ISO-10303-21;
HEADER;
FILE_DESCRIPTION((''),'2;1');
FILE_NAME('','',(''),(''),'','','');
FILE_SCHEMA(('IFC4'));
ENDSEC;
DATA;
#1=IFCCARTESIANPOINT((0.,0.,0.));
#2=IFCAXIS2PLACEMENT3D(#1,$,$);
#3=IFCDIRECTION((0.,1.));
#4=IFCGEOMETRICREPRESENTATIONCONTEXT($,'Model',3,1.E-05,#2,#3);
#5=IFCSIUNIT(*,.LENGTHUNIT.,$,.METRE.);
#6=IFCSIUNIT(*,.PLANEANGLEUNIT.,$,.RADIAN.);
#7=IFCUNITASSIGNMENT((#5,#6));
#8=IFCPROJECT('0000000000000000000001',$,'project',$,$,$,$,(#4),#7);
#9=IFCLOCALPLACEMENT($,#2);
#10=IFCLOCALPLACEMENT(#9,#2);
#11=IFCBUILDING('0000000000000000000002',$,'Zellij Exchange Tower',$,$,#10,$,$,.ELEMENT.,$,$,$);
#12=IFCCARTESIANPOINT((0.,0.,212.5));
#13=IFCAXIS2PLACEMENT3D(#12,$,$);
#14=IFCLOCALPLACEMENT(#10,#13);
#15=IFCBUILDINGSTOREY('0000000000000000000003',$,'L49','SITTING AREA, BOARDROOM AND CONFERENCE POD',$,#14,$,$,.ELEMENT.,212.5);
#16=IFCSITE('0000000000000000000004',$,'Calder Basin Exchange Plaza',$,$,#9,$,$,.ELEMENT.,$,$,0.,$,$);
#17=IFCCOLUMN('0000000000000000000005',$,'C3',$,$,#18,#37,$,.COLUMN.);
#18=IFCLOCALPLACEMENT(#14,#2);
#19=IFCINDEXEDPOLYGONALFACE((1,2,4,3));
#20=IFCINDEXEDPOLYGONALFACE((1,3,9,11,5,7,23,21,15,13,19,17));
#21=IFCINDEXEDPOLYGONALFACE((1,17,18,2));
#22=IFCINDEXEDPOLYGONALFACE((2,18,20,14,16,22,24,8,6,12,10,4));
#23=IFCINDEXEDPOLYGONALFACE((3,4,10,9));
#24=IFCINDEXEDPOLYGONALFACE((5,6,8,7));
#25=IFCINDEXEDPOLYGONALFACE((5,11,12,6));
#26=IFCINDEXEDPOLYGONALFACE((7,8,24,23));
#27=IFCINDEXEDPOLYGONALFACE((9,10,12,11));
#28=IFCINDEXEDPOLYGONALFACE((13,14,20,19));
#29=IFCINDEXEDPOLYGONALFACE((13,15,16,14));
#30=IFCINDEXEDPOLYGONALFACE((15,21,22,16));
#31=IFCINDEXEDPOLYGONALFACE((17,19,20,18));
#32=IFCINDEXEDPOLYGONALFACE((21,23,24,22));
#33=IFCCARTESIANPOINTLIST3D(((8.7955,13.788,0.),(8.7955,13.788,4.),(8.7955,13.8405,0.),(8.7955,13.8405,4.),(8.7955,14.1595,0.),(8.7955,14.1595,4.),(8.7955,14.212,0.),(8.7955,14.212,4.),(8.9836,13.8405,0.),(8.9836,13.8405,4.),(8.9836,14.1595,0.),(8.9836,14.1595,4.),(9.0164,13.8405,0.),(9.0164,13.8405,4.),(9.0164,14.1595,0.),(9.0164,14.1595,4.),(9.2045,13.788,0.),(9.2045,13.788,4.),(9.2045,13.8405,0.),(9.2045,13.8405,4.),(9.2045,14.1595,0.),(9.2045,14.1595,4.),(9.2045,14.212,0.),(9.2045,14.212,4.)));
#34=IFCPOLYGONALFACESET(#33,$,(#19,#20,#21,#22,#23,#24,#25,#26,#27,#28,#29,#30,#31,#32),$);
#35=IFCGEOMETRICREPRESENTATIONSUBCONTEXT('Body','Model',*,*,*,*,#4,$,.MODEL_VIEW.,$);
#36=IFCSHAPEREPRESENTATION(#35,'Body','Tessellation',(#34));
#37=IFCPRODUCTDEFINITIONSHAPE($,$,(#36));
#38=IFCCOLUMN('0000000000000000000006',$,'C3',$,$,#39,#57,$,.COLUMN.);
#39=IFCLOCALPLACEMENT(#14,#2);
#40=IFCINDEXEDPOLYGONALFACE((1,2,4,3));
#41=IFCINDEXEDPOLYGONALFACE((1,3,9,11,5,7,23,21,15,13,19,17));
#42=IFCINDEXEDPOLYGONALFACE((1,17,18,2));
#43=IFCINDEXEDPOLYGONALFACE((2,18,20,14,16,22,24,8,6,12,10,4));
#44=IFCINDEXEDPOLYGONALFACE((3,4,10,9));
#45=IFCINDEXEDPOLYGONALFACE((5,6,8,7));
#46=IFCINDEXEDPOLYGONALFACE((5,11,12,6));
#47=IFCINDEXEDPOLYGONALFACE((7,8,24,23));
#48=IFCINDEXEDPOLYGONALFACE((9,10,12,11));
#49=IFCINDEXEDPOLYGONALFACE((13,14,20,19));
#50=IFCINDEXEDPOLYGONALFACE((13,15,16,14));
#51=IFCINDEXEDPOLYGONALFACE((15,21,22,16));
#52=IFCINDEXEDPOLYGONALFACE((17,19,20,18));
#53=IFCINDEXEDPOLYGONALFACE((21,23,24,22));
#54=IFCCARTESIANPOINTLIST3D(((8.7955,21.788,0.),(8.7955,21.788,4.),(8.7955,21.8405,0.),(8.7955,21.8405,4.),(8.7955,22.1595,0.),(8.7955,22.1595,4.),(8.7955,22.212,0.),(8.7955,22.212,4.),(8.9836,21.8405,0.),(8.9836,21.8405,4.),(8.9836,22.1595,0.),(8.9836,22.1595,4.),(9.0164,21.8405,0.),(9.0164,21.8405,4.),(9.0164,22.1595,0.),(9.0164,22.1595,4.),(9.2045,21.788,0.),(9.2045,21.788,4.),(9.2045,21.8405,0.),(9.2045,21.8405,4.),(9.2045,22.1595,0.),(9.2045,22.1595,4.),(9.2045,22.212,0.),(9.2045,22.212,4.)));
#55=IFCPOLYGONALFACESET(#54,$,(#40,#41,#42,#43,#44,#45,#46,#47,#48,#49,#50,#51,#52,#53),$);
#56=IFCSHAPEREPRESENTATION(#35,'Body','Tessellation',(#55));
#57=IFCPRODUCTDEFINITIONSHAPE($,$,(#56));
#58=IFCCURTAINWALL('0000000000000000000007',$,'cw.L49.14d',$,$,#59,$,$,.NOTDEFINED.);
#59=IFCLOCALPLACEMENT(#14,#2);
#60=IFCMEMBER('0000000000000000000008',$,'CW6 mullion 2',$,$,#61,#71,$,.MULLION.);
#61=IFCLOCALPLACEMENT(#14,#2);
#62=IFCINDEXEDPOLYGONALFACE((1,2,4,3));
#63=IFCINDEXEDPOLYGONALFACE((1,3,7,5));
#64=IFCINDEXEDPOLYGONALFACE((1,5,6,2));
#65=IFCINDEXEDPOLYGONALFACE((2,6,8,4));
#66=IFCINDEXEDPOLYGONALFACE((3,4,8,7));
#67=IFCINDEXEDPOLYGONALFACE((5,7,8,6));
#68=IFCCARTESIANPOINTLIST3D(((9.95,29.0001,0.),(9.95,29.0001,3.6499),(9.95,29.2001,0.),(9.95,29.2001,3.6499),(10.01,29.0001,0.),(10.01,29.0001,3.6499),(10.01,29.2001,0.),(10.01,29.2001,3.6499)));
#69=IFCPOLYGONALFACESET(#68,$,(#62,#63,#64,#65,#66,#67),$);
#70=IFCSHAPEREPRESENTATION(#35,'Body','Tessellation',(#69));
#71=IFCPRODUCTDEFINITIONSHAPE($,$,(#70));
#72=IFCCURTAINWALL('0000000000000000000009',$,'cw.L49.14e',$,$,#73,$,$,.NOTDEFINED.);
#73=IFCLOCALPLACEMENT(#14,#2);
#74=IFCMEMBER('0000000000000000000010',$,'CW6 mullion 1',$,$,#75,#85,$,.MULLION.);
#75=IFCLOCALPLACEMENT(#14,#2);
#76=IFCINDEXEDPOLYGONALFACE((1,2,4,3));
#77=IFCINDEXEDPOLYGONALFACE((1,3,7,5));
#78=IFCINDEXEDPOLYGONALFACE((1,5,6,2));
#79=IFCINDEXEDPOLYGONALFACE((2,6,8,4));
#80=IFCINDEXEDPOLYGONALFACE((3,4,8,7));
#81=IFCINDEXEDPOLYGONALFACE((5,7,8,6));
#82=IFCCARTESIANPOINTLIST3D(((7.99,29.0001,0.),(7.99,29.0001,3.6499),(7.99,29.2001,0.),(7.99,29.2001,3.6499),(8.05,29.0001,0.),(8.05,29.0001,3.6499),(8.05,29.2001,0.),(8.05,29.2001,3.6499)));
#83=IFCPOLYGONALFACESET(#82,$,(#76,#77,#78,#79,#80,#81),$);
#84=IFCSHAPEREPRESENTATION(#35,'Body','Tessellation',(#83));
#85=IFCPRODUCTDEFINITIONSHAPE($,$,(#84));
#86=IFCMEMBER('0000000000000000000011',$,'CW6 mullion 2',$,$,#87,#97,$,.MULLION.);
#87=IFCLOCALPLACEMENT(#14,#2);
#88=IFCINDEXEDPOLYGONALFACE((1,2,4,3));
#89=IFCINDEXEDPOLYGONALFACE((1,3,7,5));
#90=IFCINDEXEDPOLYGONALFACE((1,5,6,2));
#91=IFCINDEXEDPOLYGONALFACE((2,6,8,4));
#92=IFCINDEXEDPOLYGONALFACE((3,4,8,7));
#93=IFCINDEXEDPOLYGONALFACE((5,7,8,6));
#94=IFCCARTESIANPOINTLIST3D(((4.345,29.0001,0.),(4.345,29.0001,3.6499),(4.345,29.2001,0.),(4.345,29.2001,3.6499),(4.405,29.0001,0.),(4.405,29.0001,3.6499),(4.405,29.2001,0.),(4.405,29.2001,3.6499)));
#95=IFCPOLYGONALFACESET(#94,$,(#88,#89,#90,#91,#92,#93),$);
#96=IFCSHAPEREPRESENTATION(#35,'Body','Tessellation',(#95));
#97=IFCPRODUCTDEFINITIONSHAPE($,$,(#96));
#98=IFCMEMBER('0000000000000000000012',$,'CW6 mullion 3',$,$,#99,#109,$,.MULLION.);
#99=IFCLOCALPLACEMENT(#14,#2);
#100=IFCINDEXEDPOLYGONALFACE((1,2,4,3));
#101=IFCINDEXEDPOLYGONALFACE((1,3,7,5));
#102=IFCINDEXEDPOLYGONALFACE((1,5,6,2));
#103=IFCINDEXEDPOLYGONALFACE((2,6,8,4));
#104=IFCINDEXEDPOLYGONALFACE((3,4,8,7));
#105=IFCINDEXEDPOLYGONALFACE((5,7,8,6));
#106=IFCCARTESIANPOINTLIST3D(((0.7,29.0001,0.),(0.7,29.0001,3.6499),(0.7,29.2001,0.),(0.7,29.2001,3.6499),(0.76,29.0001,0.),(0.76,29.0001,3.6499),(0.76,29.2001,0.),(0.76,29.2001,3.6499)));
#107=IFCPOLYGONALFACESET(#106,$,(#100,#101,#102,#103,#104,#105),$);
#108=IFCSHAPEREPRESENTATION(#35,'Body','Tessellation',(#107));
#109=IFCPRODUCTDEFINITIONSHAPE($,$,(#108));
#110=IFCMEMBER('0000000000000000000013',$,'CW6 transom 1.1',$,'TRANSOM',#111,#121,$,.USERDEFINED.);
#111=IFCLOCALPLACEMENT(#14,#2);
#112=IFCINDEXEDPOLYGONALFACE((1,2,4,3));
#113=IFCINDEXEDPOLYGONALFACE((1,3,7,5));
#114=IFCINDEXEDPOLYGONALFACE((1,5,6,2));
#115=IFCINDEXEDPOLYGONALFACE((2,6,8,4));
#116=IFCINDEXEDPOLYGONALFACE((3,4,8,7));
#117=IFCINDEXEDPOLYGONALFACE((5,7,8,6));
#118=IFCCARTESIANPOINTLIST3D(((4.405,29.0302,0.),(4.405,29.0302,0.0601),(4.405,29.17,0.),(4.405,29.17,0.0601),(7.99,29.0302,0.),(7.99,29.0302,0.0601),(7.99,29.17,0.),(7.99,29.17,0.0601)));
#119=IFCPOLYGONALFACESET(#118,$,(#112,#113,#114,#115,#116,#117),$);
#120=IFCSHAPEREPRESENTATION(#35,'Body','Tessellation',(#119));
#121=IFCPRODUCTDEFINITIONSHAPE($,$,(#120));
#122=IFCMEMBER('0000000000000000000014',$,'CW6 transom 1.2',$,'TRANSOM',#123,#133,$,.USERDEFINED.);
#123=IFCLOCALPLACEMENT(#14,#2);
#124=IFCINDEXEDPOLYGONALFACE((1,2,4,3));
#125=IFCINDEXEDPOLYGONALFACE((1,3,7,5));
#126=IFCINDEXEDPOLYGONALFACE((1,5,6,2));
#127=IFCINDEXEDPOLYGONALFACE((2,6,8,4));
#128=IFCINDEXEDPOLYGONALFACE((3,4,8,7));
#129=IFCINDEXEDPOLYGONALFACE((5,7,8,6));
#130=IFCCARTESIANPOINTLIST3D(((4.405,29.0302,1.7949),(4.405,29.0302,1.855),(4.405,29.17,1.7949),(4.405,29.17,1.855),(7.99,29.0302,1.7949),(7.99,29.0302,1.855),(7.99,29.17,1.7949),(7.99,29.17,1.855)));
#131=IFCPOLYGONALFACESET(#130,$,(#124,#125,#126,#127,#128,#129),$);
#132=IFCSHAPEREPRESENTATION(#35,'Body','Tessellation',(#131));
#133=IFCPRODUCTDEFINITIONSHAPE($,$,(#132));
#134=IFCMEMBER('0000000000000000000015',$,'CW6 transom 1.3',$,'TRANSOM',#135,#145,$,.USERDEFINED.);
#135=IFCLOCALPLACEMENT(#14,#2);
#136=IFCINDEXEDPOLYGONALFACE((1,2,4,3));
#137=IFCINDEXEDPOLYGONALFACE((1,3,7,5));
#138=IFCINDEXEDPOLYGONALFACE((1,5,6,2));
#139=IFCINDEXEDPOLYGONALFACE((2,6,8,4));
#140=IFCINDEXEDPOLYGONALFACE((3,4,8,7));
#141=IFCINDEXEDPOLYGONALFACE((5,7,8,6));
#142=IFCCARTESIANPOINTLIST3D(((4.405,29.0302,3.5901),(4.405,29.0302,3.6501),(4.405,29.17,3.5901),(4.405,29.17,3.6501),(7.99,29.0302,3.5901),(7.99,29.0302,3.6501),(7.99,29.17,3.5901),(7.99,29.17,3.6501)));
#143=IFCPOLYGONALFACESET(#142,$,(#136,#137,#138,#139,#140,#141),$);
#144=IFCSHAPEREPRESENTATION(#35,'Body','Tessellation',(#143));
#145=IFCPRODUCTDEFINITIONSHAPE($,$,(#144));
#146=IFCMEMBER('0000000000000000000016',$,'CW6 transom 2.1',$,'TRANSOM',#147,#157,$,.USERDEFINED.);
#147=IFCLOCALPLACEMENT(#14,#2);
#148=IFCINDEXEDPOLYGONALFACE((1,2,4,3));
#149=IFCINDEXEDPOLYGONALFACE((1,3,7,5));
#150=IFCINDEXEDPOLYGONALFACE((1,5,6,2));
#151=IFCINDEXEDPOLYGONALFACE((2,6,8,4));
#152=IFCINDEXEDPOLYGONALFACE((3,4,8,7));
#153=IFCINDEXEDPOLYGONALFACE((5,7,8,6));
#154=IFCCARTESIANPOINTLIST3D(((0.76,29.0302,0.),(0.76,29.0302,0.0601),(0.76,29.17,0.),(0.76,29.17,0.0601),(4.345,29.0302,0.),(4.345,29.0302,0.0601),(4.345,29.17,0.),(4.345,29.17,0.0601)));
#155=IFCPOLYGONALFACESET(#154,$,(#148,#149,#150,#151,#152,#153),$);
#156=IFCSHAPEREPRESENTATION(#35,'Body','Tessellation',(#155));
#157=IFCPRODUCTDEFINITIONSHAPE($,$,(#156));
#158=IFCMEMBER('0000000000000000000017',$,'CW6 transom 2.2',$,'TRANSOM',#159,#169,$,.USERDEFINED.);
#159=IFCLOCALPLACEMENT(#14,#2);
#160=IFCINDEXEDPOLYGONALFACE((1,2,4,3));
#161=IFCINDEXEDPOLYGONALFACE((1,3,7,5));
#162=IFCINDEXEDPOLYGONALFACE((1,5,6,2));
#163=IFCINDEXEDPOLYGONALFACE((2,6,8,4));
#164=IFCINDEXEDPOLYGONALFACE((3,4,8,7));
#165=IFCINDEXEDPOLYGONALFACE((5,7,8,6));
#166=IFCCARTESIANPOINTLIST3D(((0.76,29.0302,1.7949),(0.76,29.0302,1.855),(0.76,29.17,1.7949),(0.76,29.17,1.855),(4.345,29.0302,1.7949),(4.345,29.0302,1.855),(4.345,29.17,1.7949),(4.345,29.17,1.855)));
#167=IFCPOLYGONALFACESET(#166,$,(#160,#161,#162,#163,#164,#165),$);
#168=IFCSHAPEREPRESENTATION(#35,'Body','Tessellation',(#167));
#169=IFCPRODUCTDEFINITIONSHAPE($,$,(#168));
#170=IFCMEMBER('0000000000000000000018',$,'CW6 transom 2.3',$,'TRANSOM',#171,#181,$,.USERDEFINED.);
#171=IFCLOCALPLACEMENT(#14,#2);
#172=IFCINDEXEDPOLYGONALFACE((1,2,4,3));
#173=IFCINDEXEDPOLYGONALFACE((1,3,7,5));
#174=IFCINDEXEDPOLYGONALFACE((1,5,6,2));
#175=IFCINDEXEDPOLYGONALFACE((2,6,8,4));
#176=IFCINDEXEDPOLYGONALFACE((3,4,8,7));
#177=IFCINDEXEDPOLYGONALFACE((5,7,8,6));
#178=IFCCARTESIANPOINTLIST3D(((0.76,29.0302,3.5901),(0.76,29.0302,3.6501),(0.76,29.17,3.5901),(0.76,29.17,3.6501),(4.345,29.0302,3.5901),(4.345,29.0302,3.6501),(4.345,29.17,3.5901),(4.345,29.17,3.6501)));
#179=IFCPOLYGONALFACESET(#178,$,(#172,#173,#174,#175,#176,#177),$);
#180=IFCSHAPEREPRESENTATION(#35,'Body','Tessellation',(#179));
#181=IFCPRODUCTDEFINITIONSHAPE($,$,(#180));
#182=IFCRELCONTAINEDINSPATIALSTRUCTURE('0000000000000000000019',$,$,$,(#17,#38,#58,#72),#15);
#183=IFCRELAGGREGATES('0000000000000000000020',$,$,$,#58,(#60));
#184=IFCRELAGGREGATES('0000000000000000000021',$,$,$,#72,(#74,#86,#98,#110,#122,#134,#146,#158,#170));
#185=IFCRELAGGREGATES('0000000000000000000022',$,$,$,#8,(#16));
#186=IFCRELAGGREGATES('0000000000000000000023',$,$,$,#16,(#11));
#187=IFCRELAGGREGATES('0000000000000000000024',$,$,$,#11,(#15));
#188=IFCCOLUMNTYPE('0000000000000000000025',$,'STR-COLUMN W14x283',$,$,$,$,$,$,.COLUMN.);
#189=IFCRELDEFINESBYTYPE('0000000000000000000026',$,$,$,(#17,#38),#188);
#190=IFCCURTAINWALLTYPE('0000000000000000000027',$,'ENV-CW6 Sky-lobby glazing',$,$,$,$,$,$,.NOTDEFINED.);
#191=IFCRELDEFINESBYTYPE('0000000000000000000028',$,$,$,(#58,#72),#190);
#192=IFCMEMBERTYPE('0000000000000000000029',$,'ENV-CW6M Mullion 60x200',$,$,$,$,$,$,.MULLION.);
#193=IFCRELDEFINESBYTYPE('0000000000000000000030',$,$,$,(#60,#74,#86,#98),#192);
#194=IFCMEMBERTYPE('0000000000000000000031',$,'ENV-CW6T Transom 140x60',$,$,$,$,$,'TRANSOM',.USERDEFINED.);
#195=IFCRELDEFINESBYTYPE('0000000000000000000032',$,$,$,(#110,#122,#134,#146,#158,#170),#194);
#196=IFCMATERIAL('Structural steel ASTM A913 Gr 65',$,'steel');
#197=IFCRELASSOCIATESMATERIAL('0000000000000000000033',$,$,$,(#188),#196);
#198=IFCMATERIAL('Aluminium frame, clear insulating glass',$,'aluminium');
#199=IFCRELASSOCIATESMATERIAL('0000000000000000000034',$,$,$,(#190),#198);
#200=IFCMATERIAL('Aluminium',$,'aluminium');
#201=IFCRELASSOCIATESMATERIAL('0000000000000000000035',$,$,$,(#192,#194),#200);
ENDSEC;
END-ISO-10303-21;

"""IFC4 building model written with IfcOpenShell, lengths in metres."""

from ifc_helpers import new_model, si_unit, direction, frame, origin, origin_2d, place, context, subcontext, project, spatial, rectangle, i_section, extrude, material, material_profile, profile_set, type_object, element, aggregate, save


model = new_model("IFC4")

# Units and contexts
model_context = context("Model", 3, precision=1e-05, world=origin(), true_north=direction((0.0, 1.0)))
body_context = subcontext(model_context, "Body", "Model", "MODEL_VIEW")
ifc_project = project(units=[si_unit("LENGTHUNIT", "METRE"), si_unit("PLANEANGLEUNIT", "RADIAN")], contexts=[model_context])

# Site, building, storey
site_placement = place(None, origin())
site = spatial("IfcSite", under=ifc_project, at=site_placement, Name="Calder Basin Exchange Plaza", CompositionType="ELEMENT", RefElevation=0.0)
building_placement = place(site_placement, origin())
building = spatial("IfcBuilding", under=site, at=building_placement, Name="Zellij Exchange Tower", CompositionType="ELEMENT")
storey_placement = place(building_placement, frame((0.0, 0.0, 212.5)))
storey = spatial("IfcBuildingStorey", under=building, at=storey_placement, Name="L49", Description="SITTING AREA, BOARDROOM AND CONFERENCE POD", CompositionType="ELEMENT", Elevation=212.5)

# Columns
ifc_material_1 = material(Name="Structural steel ASTM A913 Gr 65", Category="steel")
ifc_material_profile_1 = material_profile(ifc_material_1, i_section(OverallWidth=0.4089, OverallDepth=0.4241, WebThickness=0.0327, FlangeThickness=0.0525, at=origin_2d()), Name="W14x283")
ifc_profile_set_1 = profile_set([ifc_material_profile_1], Name="Structural steel ASTM A913 Gr 65")
column_type_1 = type_object("IfcColumnType", Name="STR-COLUMN W14x283", PredefinedType="COLUMN", material=ifc_profile_set_1)
for number, where, z_axis, x_axis, name in (
    (1, (9.0, 14.0, 0.0), (0.0, 0.0, 1.0), (1.0, 0.0, 0.0), "C3"),
    (2, (9.0, 22.0, 0.0), (0.0, 0.0, 1.0), (1.0, 0.0, 0.0), "C3"),
):
    element("IfcColumn", number, at=place(storey_placement, frame(where, z_axis=z_axis, x_axis=x_axis)), inside=storey, type_object=column_type_1, Name=name, PredefinedType="COLUMN", context=body_context, shape_type="SweptSolid", body=[
        extrude(i_section(OverallWidth=0.4089, OverallDepth=0.4241, WebThickness=0.0327, FlangeThickness=0.0525, at=origin_2d()), origin(), (0.0, 0.0, 1.0), 4.0),
    ])

# Curtain wall, member
ifc_material_2 = material(Name="Aluminium frame, clear insulating glass", Category="aluminium")
curtain_wall_type = type_object("IfcCurtainWallType", Name="ENV-CW6 Sky-lobby glazing", PredefinedType="NOTDEFINED", material=ifc_material_2)
curtain_wall_1_placement = place(storey_placement, origin())
curtain_wall_1 = element("IfcCurtainWall", 3, at=curtain_wall_1_placement, inside=storey, type_object=curtain_wall_type, Name="cw.L49.14d", PredefinedType="NOTDEFINED")
ifc_material_3 = material(Name="Aluminium", Category="aluminium")
ifc_material_profile_2 = material_profile(ifc_material_3, rectangle(XDim=0.0601, YDim=0.2, at=origin_2d()), Name="AL 60x200")
ifc_profile_set_2 = profile_set([ifc_material_profile_2], Name="Aluminium")
member_type_1 = type_object("IfcMemberType", Name="ENV-CW6M Mullion 60x200", PredefinedType="MULLION", material=ifc_profile_set_2)
member_1_placement = place(storey_placement, frame((9.98, 29.1001, 0.0), z_axis=(0.0, 0.0, 1.0), x_axis=(-1.0, 0.0, 0.0)))
member_1 = element("IfcMember", 4, at=member_1_placement, type_object=member_type_1, Name="CW6 mullion 2", PredefinedType="MULLION", context=body_context, shape_type="SweptSolid", body=[
    extrude(rectangle(XDim=0.0601, YDim=0.2, at=origin_2d()), origin(), (0.0, 0.0, 1.0), 3.6499),
])

# Curtain wall, members
curtain_wall_2_placement = place(storey_placement, origin())
curtain_wall_2 = element("IfcCurtainWall", 5, at=curtain_wall_2_placement, inside=storey, type_object=curtain_wall_type, Name="cw.L49.14e", PredefinedType="NOTDEFINED")
member_2_placement = place(storey_placement, frame((8.02, 29.1001, 0.0), z_axis=(0.0, 0.0, 1.0), x_axis=(-1.0, 0.0, 0.0)))
member_2 = element("IfcMember", 6, at=member_2_placement, type_object=member_type_1, Name="CW6 mullion 1", PredefinedType="MULLION", context=body_context, shape_type="SweptSolid", body=[
    extrude(rectangle(XDim=0.0601, YDim=0.2, at=origin_2d()), origin(), (0.0, 0.0, 1.0), 3.6499),
])
member_3_placement = place(storey_placement, frame((4.375, 29.1001, 0.0), z_axis=(0.0, 0.0, 1.0), x_axis=(-1.0, 0.0, 0.0)))
member_3 = element("IfcMember", 7, at=member_3_placement, type_object=member_type_1, Name="CW6 mullion 2", PredefinedType="MULLION", context=body_context, shape_type="SweptSolid", body=[
    extrude(rectangle(XDim=0.0601, YDim=0.2, at=origin_2d()), origin(), (0.0, 0.0, 1.0), 3.6499),
])
member_4_placement = place(storey_placement, frame((0.73, 29.1001, 0.0), z_axis=(0.0, 0.0, 1.0), x_axis=(-1.0, 0.0, 0.0)))
member_4 = element("IfcMember", 8, at=member_4_placement, type_object=member_type_1, Name="CW6 mullion 3", PredefinedType="MULLION", context=body_context, shape_type="SweptSolid", body=[
    extrude(rectangle(XDim=0.0601, YDim=0.2, at=origin_2d()), origin(), (0.0, 0.0, 1.0), 3.6499),
])
ifc_material_profile_3 = material_profile(ifc_material_3, rectangle(XDim=0.1399, YDim=0.0601, at=origin_2d()), Name="AL 140x60")
ifc_profile_set_3 = profile_set([ifc_material_profile_3], Name="Aluminium")
member_type_2 = type_object("IfcMemberType", Name="ENV-CW6T Transom 140x60", ElementType="TRANSOM", PredefinedType="USERDEFINED", material=ifc_profile_set_3)
member_5_placement = place(storey_placement, frame((7.99, 29.1001, 0.03), z_axis=(-1.0, 0.0, 0.0), x_axis=(0.0, -1.0, 0.0)))
member_5 = element("IfcMember", 9, at=member_5_placement, type_object=member_type_2, Name="CW6 transom 1.1", ObjectType="TRANSOM", PredefinedType="USERDEFINED", context=body_context, shape_type="SweptSolid", body=[
    extrude(rectangle(XDim=0.1399, YDim=0.0601, at=origin_2d()), origin(), (0.0, 0.0, 1.0), 3.585),
])
member_6_placement = place(storey_placement, frame((7.99, 29.1001, 1.825), z_axis=(-1.0, 0.0, 0.0), x_axis=(0.0, -1.0, 0.0)))
member_6 = element("IfcMember", 10, at=member_6_placement, type_object=member_type_2, Name="CW6 transom 1.2", ObjectType="TRANSOM", PredefinedType="USERDEFINED", context=body_context, shape_type="SweptSolid", body=[
    extrude(rectangle(XDim=0.1399, YDim=0.0601, at=origin_2d()), origin(), (0.0, 0.0, 1.0), 3.585),
])
member_7_placement = place(storey_placement, frame((7.99, 29.1001, 3.6201), z_axis=(-1.0, 0.0, 0.0), x_axis=(0.0, -1.0, 0.0)))
member_7 = element("IfcMember", 11, at=member_7_placement, type_object=member_type_2, Name="CW6 transom 1.3", ObjectType="TRANSOM", PredefinedType="USERDEFINED", context=body_context, shape_type="SweptSolid", body=[
    extrude(rectangle(XDim=0.1399, YDim=0.0601, at=origin_2d()), origin(), (0.0, 0.0, 1.0), 3.585),
])
member_8_placement = place(storey_placement, frame((4.345, 29.1001, 0.03), z_axis=(-1.0, 0.0, 0.0), x_axis=(0.0, -1.0, 0.0)))
member_8 = element("IfcMember", 12, at=member_8_placement, type_object=member_type_2, Name="CW6 transom 2.1", ObjectType="TRANSOM", PredefinedType="USERDEFINED", context=body_context, shape_type="SweptSolid", body=[
    extrude(rectangle(XDim=0.1399, YDim=0.0601, at=origin_2d()), origin(), (0.0, 0.0, 1.0), 3.585),
])
member_9_placement = place(storey_placement, frame((4.345, 29.1001, 1.825), z_axis=(-1.0, 0.0, 0.0), x_axis=(0.0, -1.0, 0.0)))
member_9 = element("IfcMember", 13, at=member_9_placement, type_object=member_type_2, Name="CW6 transom 2.2", ObjectType="TRANSOM", PredefinedType="USERDEFINED", context=body_context, shape_type="SweptSolid", body=[
    extrude(rectangle(XDim=0.1399, YDim=0.0601, at=origin_2d()), origin(), (0.0, 0.0, 1.0), 3.585),
])
member_10_placement = place(storey_placement, frame((4.345, 29.1001, 3.6201), z_axis=(-1.0, 0.0, 0.0), x_axis=(0.0, -1.0, 0.0)))
member_10 = element("IfcMember", 14, at=member_10_placement, type_object=member_type_2, Name="CW6 transom 2.3", ObjectType="TRANSOM", PredefinedType="USERDEFINED", context=body_context, shape_type="SweptSolid", body=[
    extrude(rectangle(XDim=0.1399, YDim=0.0601, at=origin_2d()), origin(), (0.0, 0.0, 1.0), 3.585),
])

aggregate(curtain_wall_1, [member_1])
aggregate(curtain_wall_2, [member_2, member_3, member_4, member_5, member_6, member_7, member_8, member_9, member_10])

save(model, "model.ifc")
